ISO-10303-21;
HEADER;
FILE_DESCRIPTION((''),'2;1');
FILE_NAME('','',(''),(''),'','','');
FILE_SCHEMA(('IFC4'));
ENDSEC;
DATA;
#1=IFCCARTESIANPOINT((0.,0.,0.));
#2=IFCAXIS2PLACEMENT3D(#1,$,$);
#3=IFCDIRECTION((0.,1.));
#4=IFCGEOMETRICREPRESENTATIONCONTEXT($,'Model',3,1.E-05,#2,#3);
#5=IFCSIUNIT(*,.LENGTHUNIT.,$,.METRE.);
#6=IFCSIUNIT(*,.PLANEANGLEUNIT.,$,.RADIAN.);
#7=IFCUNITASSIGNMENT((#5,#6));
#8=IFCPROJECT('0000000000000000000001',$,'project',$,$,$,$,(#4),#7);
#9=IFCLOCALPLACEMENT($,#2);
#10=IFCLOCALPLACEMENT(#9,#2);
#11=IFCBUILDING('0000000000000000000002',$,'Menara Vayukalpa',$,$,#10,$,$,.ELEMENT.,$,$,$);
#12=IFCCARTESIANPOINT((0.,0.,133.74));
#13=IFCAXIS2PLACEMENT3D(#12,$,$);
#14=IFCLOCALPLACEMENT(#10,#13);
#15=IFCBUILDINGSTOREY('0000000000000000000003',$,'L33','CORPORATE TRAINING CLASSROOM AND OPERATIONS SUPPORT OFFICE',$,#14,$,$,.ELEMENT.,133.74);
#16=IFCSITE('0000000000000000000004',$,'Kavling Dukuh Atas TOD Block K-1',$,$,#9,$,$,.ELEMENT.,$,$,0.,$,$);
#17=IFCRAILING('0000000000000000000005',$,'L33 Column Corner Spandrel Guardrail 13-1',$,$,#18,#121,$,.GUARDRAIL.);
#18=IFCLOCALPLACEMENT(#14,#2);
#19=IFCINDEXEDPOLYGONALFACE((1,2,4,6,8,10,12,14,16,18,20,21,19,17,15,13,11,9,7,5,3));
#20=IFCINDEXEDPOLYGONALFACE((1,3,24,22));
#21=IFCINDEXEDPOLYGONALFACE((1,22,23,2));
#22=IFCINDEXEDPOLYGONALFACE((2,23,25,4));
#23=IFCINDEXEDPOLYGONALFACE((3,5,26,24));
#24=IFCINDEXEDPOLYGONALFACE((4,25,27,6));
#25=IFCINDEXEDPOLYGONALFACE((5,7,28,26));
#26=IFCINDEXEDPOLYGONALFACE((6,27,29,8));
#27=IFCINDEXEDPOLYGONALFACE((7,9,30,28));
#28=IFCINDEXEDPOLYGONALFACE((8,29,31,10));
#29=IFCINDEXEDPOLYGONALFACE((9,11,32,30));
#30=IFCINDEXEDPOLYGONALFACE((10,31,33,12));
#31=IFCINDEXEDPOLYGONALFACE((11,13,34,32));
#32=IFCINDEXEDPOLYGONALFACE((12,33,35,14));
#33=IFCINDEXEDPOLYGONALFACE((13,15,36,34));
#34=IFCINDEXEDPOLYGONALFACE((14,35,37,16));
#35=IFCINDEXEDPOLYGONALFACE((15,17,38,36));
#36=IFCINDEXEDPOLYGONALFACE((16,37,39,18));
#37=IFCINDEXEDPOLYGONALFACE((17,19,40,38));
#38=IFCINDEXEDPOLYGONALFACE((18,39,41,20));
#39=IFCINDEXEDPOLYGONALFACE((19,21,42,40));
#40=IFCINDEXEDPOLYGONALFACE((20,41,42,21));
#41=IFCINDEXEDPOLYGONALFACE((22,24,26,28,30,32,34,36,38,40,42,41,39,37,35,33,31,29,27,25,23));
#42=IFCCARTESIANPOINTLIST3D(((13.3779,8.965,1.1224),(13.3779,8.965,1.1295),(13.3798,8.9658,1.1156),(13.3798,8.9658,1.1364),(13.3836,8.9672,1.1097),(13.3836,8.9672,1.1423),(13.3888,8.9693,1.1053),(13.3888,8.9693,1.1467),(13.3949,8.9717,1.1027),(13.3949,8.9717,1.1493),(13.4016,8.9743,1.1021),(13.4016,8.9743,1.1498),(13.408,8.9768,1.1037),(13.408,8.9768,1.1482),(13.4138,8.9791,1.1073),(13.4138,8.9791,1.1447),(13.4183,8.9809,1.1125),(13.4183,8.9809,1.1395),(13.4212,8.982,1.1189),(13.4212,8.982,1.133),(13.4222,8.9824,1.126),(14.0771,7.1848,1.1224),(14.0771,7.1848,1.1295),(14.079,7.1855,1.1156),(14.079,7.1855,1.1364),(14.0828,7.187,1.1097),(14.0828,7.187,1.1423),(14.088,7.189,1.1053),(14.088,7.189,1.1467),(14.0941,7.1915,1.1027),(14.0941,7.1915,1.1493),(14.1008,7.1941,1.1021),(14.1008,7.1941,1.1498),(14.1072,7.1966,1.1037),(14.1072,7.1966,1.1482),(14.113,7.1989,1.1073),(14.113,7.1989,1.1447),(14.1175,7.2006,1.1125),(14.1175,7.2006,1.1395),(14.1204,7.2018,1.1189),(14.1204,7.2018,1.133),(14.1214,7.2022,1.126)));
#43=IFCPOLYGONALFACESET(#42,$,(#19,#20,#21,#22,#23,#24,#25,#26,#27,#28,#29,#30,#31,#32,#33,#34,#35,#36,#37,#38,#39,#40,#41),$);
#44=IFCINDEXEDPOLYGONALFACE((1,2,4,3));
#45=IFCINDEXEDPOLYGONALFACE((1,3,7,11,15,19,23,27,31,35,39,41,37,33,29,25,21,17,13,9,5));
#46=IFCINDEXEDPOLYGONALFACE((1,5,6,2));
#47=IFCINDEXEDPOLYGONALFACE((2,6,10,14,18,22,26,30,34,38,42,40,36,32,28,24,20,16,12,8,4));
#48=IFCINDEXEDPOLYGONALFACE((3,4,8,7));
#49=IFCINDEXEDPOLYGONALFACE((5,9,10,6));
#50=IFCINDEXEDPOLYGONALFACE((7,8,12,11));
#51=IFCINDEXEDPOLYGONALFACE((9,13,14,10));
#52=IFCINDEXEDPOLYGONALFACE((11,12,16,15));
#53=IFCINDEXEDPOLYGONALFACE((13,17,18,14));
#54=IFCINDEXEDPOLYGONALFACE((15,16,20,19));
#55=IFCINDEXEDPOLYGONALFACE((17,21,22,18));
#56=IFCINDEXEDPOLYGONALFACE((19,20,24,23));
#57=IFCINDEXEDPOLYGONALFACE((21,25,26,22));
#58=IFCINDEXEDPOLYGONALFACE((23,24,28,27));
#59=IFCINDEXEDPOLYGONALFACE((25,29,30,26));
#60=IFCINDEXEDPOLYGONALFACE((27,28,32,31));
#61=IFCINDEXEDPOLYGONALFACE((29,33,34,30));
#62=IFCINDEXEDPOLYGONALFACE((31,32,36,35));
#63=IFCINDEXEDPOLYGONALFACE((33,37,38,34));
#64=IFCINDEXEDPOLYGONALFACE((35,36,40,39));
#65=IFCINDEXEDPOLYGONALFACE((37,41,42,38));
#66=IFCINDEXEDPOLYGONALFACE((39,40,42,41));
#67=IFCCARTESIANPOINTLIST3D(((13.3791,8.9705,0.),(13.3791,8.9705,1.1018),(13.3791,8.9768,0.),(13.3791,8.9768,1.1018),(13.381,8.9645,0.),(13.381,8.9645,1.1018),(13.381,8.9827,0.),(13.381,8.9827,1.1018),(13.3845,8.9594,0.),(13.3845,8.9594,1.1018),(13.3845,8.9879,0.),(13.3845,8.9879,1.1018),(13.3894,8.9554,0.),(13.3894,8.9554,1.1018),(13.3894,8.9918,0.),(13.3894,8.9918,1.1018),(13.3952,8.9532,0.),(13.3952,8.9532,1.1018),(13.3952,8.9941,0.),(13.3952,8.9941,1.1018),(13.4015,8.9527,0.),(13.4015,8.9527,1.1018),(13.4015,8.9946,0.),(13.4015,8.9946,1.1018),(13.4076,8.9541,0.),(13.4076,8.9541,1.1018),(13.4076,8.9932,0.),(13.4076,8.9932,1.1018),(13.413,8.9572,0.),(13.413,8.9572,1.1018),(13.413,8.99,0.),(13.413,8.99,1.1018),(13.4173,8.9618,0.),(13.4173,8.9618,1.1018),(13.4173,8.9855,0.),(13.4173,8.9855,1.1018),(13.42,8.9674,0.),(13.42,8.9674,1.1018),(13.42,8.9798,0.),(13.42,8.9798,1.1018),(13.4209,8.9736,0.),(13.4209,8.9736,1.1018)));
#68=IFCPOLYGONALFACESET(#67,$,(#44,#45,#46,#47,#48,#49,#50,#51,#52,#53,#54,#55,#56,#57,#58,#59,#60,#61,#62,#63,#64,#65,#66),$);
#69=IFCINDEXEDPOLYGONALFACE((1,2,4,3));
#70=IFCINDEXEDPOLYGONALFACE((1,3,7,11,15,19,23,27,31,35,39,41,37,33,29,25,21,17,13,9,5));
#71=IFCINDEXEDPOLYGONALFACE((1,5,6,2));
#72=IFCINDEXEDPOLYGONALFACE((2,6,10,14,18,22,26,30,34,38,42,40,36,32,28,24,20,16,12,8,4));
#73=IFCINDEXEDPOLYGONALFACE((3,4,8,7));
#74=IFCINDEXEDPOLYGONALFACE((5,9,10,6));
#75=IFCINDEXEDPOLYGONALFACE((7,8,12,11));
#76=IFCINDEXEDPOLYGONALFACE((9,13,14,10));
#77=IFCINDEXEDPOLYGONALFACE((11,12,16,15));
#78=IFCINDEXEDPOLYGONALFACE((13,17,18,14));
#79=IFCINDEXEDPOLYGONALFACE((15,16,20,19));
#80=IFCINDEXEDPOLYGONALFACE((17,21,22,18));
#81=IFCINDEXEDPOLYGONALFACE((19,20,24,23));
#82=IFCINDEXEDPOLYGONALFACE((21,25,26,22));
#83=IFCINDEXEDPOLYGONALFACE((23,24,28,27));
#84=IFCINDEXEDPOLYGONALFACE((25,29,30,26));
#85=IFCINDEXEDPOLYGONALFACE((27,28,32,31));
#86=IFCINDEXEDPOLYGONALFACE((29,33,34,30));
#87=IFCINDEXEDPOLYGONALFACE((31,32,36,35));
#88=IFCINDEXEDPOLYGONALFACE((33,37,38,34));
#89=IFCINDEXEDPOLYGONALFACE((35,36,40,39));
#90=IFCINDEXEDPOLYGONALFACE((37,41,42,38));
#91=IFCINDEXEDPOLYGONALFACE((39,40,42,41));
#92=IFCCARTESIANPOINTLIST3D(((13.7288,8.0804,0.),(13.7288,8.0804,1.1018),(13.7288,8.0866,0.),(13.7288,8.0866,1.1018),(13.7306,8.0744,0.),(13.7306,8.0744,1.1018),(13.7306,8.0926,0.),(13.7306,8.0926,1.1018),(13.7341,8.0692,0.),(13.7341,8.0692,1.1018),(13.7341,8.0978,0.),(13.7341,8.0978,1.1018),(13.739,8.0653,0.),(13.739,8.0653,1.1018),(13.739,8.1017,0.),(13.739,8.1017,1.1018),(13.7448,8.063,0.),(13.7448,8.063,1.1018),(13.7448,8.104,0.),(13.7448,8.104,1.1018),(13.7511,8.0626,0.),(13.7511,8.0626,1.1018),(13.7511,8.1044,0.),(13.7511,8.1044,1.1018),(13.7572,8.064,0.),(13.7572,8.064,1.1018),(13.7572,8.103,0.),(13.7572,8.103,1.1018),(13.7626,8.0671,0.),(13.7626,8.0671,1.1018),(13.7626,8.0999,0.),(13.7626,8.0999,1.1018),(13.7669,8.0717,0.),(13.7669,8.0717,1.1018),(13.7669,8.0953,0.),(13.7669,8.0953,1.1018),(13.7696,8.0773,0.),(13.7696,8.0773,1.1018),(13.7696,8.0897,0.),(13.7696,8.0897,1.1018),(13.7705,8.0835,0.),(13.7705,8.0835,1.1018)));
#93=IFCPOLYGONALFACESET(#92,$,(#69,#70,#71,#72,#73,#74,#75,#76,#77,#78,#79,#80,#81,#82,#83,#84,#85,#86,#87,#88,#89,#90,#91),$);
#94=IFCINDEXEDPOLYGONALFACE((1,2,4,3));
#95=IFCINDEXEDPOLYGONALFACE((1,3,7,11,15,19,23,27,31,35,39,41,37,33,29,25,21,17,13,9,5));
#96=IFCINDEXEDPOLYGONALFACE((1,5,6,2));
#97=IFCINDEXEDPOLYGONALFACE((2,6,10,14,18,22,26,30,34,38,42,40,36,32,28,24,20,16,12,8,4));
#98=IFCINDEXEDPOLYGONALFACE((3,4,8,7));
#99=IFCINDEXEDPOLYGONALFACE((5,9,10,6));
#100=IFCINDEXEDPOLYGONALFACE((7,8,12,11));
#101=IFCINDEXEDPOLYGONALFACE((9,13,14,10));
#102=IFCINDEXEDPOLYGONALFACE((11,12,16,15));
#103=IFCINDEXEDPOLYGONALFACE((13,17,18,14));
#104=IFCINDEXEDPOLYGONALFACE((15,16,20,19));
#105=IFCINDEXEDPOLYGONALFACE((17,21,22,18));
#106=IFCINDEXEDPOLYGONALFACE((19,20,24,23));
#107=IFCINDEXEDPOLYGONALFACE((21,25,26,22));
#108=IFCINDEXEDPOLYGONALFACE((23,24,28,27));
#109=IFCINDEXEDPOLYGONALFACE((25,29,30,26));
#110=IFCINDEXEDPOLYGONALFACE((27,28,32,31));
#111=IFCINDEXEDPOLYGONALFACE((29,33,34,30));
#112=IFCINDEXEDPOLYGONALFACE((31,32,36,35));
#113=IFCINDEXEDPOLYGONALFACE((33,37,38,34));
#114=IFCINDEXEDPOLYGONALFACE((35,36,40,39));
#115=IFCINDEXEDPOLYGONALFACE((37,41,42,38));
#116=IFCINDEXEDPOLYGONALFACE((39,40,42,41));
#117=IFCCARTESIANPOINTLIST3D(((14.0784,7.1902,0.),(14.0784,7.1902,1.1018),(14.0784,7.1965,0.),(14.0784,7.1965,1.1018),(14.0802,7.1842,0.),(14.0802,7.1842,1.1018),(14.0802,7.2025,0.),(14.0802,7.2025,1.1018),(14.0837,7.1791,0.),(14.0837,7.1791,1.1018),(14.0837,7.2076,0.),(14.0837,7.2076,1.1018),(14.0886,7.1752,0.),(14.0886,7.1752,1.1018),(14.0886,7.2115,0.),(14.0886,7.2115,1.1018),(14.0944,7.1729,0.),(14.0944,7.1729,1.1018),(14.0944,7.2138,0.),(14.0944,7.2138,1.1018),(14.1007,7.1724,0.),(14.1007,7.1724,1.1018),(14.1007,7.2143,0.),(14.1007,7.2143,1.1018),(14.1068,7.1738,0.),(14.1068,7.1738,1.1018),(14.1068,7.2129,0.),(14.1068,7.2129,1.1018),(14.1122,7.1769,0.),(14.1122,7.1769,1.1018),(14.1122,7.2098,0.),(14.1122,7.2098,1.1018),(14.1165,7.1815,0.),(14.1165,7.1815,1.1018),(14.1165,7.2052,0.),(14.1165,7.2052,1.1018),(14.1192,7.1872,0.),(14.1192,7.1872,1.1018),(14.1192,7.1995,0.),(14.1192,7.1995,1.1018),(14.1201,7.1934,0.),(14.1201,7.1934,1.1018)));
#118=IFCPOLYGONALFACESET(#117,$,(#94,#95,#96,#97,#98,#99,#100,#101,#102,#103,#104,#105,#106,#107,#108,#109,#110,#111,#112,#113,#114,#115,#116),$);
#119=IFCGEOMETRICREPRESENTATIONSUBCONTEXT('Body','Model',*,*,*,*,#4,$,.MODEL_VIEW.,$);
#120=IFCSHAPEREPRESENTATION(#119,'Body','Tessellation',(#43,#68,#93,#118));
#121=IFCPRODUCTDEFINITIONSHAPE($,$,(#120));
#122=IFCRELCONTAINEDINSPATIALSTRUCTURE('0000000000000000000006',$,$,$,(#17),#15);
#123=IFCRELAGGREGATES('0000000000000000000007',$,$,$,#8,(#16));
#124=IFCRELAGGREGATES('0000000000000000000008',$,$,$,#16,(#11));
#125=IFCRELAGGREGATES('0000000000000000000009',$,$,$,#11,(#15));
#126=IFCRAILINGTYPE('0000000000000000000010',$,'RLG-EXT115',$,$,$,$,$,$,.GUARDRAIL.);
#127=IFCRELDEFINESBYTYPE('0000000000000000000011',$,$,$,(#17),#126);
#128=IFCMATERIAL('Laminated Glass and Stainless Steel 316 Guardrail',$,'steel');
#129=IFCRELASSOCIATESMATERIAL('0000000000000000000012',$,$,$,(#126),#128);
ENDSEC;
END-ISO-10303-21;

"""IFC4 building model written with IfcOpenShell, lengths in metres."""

from ifc_helpers import new_model, si_unit, direction, frame, origin, origin_2d, place, context, subcontext, project, spatial, circle, extrude, material, type_object, element, save


model = new_model("IFC4")

# Units and contexts
model_context = context("Model", 3, precision=1e-05, world=origin(), true_north=direction((0.0, 1.0)))
body_context = subcontext(model_context, "Body", "Model", "MODEL_VIEW")
ifc_project = project(units=[si_unit("LENGTHUNIT", "METRE"), si_unit("PLANEANGLEUNIT", "RADIAN")], contexts=[model_context])

# Site, building, storey
site_placement = place(None, origin())
site = spatial("IfcSite", under=ifc_project, at=site_placement, Name="Kavling Dukuh Atas TOD Block K-1", CompositionType="ELEMENT", RefElevation=0.0)
building_placement = place(site_placement, origin())
building = spatial("IfcBuilding", under=site, at=building_placement, Name="Menara Vayukalpa", CompositionType="ELEMENT")
storey_placement = place(building_placement, frame((0.0, 0.0, 133.74)))
storey = spatial("IfcBuildingStorey", under=building, at=storey_placement, Name="L33", Description="CORPORATE TRAINING CLASSROOM AND OPERATIONS SUPPORT OFFICE", CompositionType="ELEMENT", Elevation=133.74)

# Railing
ifc_material_1 = material(Name="Laminated Glass and Stainless Steel 316 Guardrail", Category="steel")
railing_type = type_object("IfcRailingType", Name="RLG-EXT115", PredefinedType="GUARDRAIL", material=ifc_material_1)
railing_1_placement = place(storey_placement, frame((13.3999, 8.9736, 0.0)))
element("IfcRailing", 1, at=railing_1_placement, inside=storey, type_object=railing_type, Name="L33 Column Corner Spandrel Guardrail 13-1", PredefinedType="GUARDRAIL", context=body_context, shape_type="SweptSolid", body=[
    extrude(circle(Radius=0.0239, at=origin_2d()), frame((0.0, 0.0, 1.126), z_axis=(0.365573, -0.930783, 0.0), x_axis=(0.930783, 0.365573, 0.0)), (0.0, 0.0, 1.0), 1.9126),
    extrude(circle(Radius=0.021, at=origin_2d()), origin(), (0.0, 0.0, 1.0), 1.1018),
    extrude(circle(Radius=0.021, at=origin_2d()), frame((0.3496, -0.8901, 0.0)), (0.0, 0.0, 1.0), 1.1018),
    extrude(circle(Radius=0.021, at=origin_2d()), frame((0.6992, -1.7803, 0.0)), (0.0, 0.0, 1.0), 1.1018),
])

save(model, "model.ifc")
